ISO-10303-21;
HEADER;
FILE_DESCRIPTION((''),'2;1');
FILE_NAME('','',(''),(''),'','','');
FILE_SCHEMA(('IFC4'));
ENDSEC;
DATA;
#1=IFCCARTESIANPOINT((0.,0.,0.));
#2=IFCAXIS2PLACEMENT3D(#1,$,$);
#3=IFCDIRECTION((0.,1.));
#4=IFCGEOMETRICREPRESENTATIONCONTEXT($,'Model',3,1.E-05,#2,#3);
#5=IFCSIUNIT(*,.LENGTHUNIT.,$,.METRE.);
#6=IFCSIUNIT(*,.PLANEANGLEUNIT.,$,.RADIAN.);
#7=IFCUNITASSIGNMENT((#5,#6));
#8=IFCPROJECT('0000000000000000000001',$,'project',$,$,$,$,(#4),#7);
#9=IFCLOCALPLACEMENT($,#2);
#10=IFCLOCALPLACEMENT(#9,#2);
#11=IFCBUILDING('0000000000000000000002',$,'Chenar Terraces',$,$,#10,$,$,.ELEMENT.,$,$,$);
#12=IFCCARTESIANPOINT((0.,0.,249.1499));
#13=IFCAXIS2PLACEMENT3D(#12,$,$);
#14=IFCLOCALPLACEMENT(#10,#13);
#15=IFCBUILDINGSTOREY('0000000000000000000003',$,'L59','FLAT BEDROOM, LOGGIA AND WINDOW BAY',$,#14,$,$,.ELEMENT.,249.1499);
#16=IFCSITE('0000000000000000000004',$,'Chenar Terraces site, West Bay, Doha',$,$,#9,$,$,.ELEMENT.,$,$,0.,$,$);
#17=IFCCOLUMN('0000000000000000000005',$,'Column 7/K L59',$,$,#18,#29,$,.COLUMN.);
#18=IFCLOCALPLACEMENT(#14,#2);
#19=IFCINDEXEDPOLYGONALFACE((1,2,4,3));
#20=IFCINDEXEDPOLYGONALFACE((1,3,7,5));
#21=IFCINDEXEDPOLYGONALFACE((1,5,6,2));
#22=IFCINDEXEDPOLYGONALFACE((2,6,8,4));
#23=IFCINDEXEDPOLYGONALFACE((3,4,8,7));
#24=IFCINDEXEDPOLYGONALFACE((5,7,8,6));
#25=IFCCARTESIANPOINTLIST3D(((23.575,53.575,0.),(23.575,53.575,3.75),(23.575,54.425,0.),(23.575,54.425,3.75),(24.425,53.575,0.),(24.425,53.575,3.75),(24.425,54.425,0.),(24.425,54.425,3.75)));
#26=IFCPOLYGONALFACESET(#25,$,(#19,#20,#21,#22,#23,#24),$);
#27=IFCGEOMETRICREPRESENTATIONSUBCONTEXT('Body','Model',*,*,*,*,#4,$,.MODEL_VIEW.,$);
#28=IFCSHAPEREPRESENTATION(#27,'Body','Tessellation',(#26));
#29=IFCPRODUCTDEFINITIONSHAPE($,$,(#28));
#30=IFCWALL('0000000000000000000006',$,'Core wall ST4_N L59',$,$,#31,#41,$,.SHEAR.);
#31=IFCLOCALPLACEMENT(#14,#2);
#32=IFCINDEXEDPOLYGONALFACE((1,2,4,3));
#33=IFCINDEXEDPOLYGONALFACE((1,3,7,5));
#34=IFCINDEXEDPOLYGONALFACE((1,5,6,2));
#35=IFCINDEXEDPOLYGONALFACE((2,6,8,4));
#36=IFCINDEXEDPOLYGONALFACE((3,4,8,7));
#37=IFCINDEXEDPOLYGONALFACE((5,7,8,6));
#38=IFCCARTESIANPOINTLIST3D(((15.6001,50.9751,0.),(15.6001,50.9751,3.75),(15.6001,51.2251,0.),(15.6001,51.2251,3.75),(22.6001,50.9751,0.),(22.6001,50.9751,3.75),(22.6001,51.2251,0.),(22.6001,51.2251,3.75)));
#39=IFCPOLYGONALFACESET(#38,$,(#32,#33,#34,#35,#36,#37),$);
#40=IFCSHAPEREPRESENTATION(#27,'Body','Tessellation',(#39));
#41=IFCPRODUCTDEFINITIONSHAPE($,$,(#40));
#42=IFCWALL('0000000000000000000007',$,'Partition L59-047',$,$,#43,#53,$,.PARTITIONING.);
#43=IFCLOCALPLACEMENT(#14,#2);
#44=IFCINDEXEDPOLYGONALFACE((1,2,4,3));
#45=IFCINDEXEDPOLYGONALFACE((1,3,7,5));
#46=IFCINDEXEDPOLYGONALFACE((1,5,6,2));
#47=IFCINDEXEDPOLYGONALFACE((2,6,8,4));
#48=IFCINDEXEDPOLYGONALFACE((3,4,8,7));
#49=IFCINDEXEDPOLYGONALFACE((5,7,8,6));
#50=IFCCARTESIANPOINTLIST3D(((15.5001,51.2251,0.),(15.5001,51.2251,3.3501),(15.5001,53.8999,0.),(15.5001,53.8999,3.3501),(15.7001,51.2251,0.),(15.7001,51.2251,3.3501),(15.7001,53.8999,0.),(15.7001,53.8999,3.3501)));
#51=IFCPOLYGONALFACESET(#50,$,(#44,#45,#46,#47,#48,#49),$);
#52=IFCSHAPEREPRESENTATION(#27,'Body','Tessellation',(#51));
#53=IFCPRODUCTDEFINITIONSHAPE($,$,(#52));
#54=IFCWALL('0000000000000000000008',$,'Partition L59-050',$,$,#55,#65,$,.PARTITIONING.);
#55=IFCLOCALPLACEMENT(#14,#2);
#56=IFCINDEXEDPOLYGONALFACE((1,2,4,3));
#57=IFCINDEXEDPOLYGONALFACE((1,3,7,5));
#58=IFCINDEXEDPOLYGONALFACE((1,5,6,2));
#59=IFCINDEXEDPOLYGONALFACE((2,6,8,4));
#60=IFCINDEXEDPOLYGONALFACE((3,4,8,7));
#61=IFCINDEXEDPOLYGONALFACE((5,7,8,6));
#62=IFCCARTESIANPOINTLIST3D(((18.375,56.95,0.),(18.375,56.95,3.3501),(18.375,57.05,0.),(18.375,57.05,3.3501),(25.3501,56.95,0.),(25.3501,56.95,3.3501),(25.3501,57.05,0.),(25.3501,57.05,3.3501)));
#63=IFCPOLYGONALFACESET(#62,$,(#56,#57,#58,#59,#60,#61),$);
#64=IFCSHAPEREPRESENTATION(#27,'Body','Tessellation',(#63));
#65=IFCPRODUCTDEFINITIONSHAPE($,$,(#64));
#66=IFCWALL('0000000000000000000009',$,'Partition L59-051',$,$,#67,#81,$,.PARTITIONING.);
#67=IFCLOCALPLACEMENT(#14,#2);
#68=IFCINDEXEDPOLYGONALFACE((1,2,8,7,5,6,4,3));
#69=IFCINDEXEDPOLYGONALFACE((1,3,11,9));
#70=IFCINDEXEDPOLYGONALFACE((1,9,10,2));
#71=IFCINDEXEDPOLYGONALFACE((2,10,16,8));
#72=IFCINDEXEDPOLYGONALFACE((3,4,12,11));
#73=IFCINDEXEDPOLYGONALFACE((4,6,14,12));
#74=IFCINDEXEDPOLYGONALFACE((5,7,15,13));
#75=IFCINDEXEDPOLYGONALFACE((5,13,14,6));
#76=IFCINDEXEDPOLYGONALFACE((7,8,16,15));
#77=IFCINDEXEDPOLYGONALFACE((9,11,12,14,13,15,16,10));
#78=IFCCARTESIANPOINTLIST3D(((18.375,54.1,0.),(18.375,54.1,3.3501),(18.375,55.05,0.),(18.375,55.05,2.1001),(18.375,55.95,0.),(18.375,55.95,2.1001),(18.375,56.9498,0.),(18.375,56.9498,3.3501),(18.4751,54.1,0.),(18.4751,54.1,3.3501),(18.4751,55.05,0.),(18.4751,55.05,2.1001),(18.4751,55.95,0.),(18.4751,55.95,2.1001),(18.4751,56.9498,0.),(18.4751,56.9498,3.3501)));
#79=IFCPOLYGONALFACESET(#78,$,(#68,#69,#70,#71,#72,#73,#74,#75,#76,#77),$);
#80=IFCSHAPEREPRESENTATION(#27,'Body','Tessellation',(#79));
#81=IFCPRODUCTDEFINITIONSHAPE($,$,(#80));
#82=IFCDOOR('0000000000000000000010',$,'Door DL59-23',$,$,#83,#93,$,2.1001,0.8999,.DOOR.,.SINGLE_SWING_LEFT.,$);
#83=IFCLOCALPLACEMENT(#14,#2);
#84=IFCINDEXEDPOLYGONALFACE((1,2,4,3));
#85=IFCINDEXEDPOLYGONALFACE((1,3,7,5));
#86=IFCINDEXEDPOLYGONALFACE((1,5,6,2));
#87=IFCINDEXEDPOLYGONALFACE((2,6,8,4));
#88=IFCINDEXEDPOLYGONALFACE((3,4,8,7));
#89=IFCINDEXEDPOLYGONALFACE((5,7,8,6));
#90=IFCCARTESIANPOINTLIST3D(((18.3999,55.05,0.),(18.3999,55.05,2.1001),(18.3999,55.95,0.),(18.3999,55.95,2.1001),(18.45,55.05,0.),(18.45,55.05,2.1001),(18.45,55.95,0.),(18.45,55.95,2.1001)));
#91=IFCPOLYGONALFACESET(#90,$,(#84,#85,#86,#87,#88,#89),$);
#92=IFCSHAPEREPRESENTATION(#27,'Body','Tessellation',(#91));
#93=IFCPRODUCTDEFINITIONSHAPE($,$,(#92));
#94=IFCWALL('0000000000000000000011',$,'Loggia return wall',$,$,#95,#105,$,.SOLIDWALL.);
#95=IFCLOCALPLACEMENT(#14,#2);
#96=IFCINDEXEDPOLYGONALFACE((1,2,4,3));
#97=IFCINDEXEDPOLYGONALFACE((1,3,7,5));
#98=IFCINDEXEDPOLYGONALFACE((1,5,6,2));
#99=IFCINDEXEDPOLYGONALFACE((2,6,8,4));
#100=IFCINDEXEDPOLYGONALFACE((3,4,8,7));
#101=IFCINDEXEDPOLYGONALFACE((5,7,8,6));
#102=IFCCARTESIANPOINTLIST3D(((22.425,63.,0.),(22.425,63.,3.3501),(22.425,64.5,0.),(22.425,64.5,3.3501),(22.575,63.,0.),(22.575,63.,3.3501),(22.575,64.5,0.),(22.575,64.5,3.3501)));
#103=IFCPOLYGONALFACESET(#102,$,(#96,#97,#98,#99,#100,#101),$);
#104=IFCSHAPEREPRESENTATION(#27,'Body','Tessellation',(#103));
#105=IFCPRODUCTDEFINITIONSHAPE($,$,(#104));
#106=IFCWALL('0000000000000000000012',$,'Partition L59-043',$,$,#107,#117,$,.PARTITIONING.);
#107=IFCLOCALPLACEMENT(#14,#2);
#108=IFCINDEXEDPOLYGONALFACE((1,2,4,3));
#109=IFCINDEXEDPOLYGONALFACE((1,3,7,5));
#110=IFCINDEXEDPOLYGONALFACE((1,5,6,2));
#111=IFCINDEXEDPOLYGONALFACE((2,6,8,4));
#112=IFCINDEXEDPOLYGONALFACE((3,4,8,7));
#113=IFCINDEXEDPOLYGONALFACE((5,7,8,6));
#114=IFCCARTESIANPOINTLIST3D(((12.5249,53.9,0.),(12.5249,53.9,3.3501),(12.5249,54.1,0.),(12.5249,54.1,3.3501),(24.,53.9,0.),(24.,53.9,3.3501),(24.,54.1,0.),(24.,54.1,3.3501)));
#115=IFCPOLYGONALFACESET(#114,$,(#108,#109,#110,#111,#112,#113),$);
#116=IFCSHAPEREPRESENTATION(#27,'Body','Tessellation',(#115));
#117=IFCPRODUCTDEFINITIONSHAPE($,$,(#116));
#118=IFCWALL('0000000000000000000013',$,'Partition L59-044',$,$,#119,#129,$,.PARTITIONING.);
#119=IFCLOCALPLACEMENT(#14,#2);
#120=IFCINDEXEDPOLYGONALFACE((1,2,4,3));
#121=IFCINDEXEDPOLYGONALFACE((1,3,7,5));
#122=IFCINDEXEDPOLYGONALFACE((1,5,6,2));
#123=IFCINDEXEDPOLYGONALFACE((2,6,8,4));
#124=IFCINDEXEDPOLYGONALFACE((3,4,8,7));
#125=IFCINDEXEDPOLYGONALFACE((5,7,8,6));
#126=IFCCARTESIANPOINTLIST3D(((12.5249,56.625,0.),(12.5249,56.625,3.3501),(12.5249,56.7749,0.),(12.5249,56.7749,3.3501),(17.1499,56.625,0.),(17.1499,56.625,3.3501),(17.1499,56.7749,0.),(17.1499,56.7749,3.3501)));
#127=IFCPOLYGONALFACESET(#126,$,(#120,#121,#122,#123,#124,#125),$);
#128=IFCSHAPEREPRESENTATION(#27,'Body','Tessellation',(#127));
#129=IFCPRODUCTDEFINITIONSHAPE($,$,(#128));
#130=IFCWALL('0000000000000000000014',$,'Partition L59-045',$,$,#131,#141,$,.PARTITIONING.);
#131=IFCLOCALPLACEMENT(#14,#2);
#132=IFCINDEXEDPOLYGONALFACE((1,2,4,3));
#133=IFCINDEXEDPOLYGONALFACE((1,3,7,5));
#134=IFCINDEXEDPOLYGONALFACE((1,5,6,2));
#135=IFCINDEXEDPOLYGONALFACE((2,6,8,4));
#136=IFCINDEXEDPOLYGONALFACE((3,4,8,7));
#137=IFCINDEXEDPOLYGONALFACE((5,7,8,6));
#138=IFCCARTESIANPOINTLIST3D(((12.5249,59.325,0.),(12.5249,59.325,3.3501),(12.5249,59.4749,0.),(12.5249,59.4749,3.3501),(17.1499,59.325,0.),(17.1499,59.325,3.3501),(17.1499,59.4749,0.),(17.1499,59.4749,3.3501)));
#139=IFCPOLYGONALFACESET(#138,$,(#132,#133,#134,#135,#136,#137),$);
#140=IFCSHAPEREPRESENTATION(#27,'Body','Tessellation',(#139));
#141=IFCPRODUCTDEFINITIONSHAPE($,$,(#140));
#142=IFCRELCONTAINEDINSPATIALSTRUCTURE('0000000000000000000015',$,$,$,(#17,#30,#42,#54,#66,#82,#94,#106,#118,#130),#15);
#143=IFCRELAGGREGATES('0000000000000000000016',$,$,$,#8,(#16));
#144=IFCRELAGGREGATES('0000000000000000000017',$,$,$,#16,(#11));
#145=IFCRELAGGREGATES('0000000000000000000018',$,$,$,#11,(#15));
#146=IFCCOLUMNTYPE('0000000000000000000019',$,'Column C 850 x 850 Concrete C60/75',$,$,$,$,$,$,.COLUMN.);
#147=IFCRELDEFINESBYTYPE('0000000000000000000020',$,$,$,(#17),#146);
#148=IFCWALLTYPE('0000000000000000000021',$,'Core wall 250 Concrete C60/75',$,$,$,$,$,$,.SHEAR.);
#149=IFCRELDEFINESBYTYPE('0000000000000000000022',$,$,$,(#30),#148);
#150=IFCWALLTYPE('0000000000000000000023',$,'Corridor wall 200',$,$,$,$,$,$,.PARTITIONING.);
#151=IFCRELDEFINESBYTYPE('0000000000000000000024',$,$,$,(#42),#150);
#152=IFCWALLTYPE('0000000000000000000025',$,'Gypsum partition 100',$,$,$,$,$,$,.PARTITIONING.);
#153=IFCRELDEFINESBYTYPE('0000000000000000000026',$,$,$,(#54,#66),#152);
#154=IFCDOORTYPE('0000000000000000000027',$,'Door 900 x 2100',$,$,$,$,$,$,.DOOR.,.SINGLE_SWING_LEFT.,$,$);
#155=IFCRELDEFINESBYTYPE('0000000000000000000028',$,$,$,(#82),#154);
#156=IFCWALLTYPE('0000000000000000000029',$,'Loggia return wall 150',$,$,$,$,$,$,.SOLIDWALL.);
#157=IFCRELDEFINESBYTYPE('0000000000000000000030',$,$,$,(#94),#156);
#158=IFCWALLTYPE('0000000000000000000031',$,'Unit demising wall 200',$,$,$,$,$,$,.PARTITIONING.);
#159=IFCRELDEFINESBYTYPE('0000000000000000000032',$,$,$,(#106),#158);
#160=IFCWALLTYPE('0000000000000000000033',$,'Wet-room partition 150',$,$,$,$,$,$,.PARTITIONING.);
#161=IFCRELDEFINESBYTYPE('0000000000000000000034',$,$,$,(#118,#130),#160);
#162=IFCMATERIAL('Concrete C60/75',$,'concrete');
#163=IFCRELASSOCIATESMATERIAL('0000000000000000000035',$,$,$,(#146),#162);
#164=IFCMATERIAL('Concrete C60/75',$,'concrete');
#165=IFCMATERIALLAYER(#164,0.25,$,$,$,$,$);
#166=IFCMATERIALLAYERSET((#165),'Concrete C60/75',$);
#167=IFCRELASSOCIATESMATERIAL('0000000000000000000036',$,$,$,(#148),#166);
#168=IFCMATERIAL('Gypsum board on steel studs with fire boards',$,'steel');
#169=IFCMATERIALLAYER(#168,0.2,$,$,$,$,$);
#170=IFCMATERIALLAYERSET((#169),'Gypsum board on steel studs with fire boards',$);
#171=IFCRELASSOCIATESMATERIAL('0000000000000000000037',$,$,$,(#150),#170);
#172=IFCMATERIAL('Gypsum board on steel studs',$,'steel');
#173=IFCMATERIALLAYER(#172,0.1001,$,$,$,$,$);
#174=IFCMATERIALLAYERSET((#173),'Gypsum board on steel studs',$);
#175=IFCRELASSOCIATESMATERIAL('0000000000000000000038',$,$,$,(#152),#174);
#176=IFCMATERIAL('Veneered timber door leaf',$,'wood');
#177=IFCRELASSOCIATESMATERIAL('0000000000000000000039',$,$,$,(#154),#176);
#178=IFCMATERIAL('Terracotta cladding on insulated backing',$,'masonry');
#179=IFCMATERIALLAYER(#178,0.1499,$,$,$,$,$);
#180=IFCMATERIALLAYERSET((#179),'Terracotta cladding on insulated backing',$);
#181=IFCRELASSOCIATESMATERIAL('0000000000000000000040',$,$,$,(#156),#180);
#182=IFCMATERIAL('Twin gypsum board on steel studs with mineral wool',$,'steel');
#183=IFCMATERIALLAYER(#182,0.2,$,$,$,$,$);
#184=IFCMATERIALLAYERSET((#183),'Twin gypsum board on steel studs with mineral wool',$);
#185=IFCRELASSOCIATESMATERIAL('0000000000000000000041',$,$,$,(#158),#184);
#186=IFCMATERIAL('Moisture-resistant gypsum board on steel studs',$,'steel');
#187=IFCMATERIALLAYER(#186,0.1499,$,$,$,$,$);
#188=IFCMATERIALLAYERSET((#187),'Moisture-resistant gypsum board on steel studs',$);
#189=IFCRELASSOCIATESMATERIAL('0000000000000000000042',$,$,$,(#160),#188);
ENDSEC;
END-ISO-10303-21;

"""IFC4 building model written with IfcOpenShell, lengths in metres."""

from ifc_helpers import new_model, si_unit, direction, frame, frame_2d, origin, origin_2d, place, context, subcontext, project, spatial, rectangle, extrude, material, layer, layer_set, material_profile, profile_set, type_object, element, fill, save


model = new_model("IFC4")

# Units and contexts
model_context = context("Model", 3, precision=1e-05, world=origin(), true_north=direction((0.0, 1.0)))
body_context = subcontext(model_context, "Body", "Model", "MODEL_VIEW")
ifc_project = project(units=[si_unit("LENGTHUNIT", "METRE"), si_unit("PLANEANGLEUNIT", "RADIAN")], contexts=[model_context])

# Site, building, storey
site_placement = place(None, origin())
site = spatial("IfcSite", under=ifc_project, at=site_placement, Name="Chenar Terraces site, West Bay, Doha", CompositionType="ELEMENT", RefElevation=0.0)
building_placement = place(site_placement, origin())
building = spatial("IfcBuilding", under=site, at=building_placement, Name="Chenar Terraces", CompositionType="ELEMENT")
storey_placement = place(building_placement, frame((0.0, 0.0, 249.1499)))
storey = spatial("IfcBuildingStorey", under=building, at=storey_placement, Name="L59", Description="FLAT BEDROOM, LOGGIA AND WINDOW BAY", CompositionType="ELEMENT", Elevation=249.1499)

# Column
ifc_material_1 = material(Name="Concrete C60/75", Category="concrete")
ifc_material_profile = material_profile(ifc_material_1, rectangle(XDim=0.8501, YDim=0.8501, at=origin_2d()), Name="C 850 x 850")
ifc_profile_set = profile_set([ifc_material_profile], Name="Concrete C60/75")
column_type = type_object("IfcColumnType", Name="Column C 850 x 850 Concrete C60/75", PredefinedType="COLUMN", material=ifc_profile_set)
column_placement = place(storey_placement, frame((24.0, 54.0, 0.0), z_axis=(0.0, 0.0, 1.0), x_axis=(1.0, 0.0, 0.0)))
element("IfcColumn", 1, at=column_placement, inside=storey, type_object=column_type, Name="Column 7/K L59", PredefinedType="COLUMN", context=body_context, shape_type="SweptSolid", body=[
    extrude(rectangle(XDim=0.8501, YDim=0.8501, at=origin_2d()), origin(), (0.0, 0.0, 1.0), 3.75),
])

# Walls
ifc_material_2 = material(Name="Concrete C60/75", Category="concrete")
ifc_layer_1 = layer(ifc_material_2, 0.25)
ifc_layer_set_1 = layer_set([ifc_layer_1], Name="Concrete C60/75")
wall_type_1 = type_object("IfcWallType", Name="Core wall 250 Concrete C60/75", PredefinedType="SHEAR", material=ifc_layer_set_1)
wall_1_placement = place(storey_placement, frame((15.6001, 51.1001, 0.0), z_axis=(0.0, 0.0, 1.0), x_axis=(1.0, 0.0, 0.0)))
element("IfcWall", 2, at=wall_1_placement, inside=storey, type_object=wall_type_1, Name="Core wall ST4_N L59", PredefinedType="SHEAR", context=body_context, shape_type="SweptSolid", body=[
    extrude(rectangle(XDim=7.0, YDim=0.25, at=frame_2d((3.5, 0.0))), origin(), (0.0, 0.0, 1.0), 3.75),
])
ifc_material_3 = material(Name="Gypsum board on steel studs with fire boards", Category="steel")
ifc_layer_2 = layer(ifc_material_3, 0.2)
ifc_layer_set_2 = layer_set([ifc_layer_2], Name="Gypsum board on steel studs with fire boards")
wall_type_2 = type_object("IfcWallType", Name="Corridor wall 200", PredefinedType="PARTITIONING", material=ifc_layer_set_2)
wall_2_placement = place(storey_placement, frame((15.6001, 51.2251, 0.0), z_axis=(0.0, 0.0, 1.0), x_axis=(0.0, 1.0, 0.0)))
element("IfcWall", 3, at=wall_2_placement, inside=storey, type_object=wall_type_2, Name="Partition L59-047", PredefinedType="PARTITIONING", context=body_context, shape_type="SweptSolid", body=[
    extrude(rectangle(XDim=2.6748, YDim=0.2, at=frame_2d((1.3374, 0.0))), origin(), (0.0, 0.0, 1.0), 3.3501),
])

# Wall
ifc_material_4 = material(Name="Gypsum board on steel studs", Category="steel")
ifc_layer_3 = layer(ifc_material_4, 0.1001)
ifc_layer_set_3 = layer_set([ifc_layer_3], Name="Gypsum board on steel studs")
wall_type_3 = type_object("IfcWallType", Name="Gypsum partition 100", PredefinedType="PARTITIONING", material=ifc_layer_set_3)
wall_3_placement = place(storey_placement, frame((18.375, 57.0, 0.0), z_axis=(0.0, 0.0, 1.0), x_axis=(1.0, 0.0, 0.0)))
element("IfcWall", 4, at=wall_3_placement, inside=storey, type_object=wall_type_3, Name="Partition L59-050", PredefinedType="PARTITIONING", context=body_context, shape_type="SweptSolid", body=[
    extrude(rectangle(XDim=6.9751, YDim=0.1001, at=frame_2d((3.4875, 0.0))), origin(), (0.0, 0.0, 1.0), 3.3501),
])

# Wall, opening, door
wall_4_placement = place(storey_placement, frame((18.425, 54.1001, 0.0), z_axis=(0.0, 0.0, 1.0), x_axis=(0.0, 1.0, 0.0)))
wall_4 = element("IfcWall", 5, at=wall_4_placement, inside=storey, type_object=wall_type_3, Name="Partition L59-051", PredefinedType="PARTITIONING", context=body_context, shape_type="SweptSolid", body=[
    extrude(rectangle(XDim=2.8499, YDim=0.1001, at=frame_2d((1.4248, 0.0))), origin(), (0.0, 0.0, 1.0), 3.3501),
])
opening_1_placement = place(wall_4_placement, frame((0.95, 0.0, 0.0)))
opening_1 = element("IfcOpeningElement", 6, at=opening_1_placement, cuts=wall_4, PredefinedType="OPENING", context=body_context, shape_type="SweptSolid", body=[
    extrude(rectangle(XDim=0.8999, YDim=2.1001, at=frame_2d((0.45, 1.05))), frame((0.0, 0.0601, 0.0), z_axis=(0.0, -1.0, 0.0), x_axis=(1.0, 0.0, 0.0)), (0.0, 0.0, 1.0), 0.1201),
])
ifc_material_5 = material(Name="Veneered timber door leaf", Category="wood")
door_type_1 = type_object("IfcDoorType", Name="Door 900 x 2100", OperationType="SINGLE_SWING_LEFT", PredefinedType="DOOR", material=ifc_material_5)
door_1_placement = place(opening_1_placement, frame((0.8999, 0.0, 0.0), z_axis=(0.0, 0.0, 1.0), x_axis=(-1.0, 0.0, 0.0)))
door_1 = element("IfcDoor", 7, at=door_1_placement, inside=storey, type_object=door_type_1, Name="Door DL59-23", OperationType="SINGLE_SWING_LEFT", OverallHeight=2.1001, OverallWidth=0.8999, PredefinedType="DOOR", context=body_context, shape_type="SweptSolid", body=[
    extrude(rectangle(XDim=0.8999, YDim=2.1001, at=frame_2d((0.45, 1.05))), frame((0.0, 0.0249, 0.0), z_axis=(0.0, -1.0, 0.0), x_axis=(1.0, 0.0, 0.0)), (0.0, 0.0, 1.0), 0.05),
])
fill(opening_1, door_1)

# Walls
ifc_material_6 = material(Name="Terracotta cladding on insulated backing", Category="masonry")
ifc_layer_4 = layer(ifc_material_6, 0.1499)
ifc_layer_set_4 = layer_set([ifc_layer_4], Name="Terracotta cladding on insulated backing")
wall_type_4 = type_object("IfcWallType", Name="Loggia return wall 150", PredefinedType="SOLIDWALL", material=ifc_layer_set_4)
wall_5_placement = place(storey_placement, frame((22.5, 64.5, 0.0), z_axis=(0.0, 0.0, 1.0), x_axis=(0.0, -1.0, 0.0)))
element("IfcWall", 8, at=wall_5_placement, inside=storey, type_object=wall_type_4, Name="Loggia return wall", PredefinedType="SOLIDWALL", context=body_context, shape_type="SweptSolid", body=[
    extrude(rectangle(XDim=1.5, YDim=0.1499, at=frame_2d((0.75, 0.0))), origin(), (0.0, 0.0, 1.0), 3.3501),
])
ifc_material_7 = material(Name="Twin gypsum board on steel studs with mineral wool", Category="steel")
ifc_layer_5 = layer(ifc_material_7, 0.2)
ifc_layer_set_5 = layer_set([ifc_layer_5], Name="Twin gypsum board on steel studs with mineral wool")
wall_type_5 = type_object("IfcWallType", Name="Unit demising wall 200", PredefinedType="PARTITIONING", material=ifc_layer_set_5)
wall_6_placement = place(storey_placement, frame((12.5249, 54.0, 0.0), z_axis=(0.0, 0.0, 1.0), x_axis=(1.0, 0.0, 0.0)))
element("IfcWall", 9, at=wall_6_placement, inside=storey, type_object=wall_type_5, Name="Partition L59-043", PredefinedType="PARTITIONING", context=body_context, shape_type="SweptSolid", body=[
    extrude(rectangle(XDim=11.4751, YDim=0.2, at=frame_2d((5.7375, 0.0))), origin(), (0.0, 0.0, 1.0), 3.3501),
])
ifc_material_8 = material(Name="Moisture-resistant gypsum board on steel studs", Category="steel")
ifc_layer_6 = layer(ifc_material_8, 0.1499)
ifc_layer_set_6 = layer_set([ifc_layer_6], Name="Moisture-resistant gypsum board on steel studs")
wall_type_6 = type_object("IfcWallType", Name="Wet-room partition 150", PredefinedType="PARTITIONING", material=ifc_layer_set_6)
for number, where, z_axis, x_axis, name in (
    (10, (12.5249, 56.7, 0.0), (0.0, 0.0, 1.0), (1.0, 0.0, 0.0), "Partition L59-044"),
    (11, (12.5249, 59.3999, 0.0), (0.0, 0.0, 1.0), (1.0, 0.0, 0.0), "Partition L59-045"),
):
    element("IfcWall", number, at=place(storey_placement, frame(where, z_axis=z_axis, x_axis=x_axis)), inside=storey, type_object=wall_type_6, Name=name, PredefinedType="PARTITIONING", context=body_context, shape_type="SweptSolid", body=[
        extrude(rectangle(XDim=4.625, YDim=0.1499, at=frame_2d((2.3125, 0.0))), origin(), (0.0, 0.0, 1.0), 3.3501),
    ])

save(model, "model.ifc")
